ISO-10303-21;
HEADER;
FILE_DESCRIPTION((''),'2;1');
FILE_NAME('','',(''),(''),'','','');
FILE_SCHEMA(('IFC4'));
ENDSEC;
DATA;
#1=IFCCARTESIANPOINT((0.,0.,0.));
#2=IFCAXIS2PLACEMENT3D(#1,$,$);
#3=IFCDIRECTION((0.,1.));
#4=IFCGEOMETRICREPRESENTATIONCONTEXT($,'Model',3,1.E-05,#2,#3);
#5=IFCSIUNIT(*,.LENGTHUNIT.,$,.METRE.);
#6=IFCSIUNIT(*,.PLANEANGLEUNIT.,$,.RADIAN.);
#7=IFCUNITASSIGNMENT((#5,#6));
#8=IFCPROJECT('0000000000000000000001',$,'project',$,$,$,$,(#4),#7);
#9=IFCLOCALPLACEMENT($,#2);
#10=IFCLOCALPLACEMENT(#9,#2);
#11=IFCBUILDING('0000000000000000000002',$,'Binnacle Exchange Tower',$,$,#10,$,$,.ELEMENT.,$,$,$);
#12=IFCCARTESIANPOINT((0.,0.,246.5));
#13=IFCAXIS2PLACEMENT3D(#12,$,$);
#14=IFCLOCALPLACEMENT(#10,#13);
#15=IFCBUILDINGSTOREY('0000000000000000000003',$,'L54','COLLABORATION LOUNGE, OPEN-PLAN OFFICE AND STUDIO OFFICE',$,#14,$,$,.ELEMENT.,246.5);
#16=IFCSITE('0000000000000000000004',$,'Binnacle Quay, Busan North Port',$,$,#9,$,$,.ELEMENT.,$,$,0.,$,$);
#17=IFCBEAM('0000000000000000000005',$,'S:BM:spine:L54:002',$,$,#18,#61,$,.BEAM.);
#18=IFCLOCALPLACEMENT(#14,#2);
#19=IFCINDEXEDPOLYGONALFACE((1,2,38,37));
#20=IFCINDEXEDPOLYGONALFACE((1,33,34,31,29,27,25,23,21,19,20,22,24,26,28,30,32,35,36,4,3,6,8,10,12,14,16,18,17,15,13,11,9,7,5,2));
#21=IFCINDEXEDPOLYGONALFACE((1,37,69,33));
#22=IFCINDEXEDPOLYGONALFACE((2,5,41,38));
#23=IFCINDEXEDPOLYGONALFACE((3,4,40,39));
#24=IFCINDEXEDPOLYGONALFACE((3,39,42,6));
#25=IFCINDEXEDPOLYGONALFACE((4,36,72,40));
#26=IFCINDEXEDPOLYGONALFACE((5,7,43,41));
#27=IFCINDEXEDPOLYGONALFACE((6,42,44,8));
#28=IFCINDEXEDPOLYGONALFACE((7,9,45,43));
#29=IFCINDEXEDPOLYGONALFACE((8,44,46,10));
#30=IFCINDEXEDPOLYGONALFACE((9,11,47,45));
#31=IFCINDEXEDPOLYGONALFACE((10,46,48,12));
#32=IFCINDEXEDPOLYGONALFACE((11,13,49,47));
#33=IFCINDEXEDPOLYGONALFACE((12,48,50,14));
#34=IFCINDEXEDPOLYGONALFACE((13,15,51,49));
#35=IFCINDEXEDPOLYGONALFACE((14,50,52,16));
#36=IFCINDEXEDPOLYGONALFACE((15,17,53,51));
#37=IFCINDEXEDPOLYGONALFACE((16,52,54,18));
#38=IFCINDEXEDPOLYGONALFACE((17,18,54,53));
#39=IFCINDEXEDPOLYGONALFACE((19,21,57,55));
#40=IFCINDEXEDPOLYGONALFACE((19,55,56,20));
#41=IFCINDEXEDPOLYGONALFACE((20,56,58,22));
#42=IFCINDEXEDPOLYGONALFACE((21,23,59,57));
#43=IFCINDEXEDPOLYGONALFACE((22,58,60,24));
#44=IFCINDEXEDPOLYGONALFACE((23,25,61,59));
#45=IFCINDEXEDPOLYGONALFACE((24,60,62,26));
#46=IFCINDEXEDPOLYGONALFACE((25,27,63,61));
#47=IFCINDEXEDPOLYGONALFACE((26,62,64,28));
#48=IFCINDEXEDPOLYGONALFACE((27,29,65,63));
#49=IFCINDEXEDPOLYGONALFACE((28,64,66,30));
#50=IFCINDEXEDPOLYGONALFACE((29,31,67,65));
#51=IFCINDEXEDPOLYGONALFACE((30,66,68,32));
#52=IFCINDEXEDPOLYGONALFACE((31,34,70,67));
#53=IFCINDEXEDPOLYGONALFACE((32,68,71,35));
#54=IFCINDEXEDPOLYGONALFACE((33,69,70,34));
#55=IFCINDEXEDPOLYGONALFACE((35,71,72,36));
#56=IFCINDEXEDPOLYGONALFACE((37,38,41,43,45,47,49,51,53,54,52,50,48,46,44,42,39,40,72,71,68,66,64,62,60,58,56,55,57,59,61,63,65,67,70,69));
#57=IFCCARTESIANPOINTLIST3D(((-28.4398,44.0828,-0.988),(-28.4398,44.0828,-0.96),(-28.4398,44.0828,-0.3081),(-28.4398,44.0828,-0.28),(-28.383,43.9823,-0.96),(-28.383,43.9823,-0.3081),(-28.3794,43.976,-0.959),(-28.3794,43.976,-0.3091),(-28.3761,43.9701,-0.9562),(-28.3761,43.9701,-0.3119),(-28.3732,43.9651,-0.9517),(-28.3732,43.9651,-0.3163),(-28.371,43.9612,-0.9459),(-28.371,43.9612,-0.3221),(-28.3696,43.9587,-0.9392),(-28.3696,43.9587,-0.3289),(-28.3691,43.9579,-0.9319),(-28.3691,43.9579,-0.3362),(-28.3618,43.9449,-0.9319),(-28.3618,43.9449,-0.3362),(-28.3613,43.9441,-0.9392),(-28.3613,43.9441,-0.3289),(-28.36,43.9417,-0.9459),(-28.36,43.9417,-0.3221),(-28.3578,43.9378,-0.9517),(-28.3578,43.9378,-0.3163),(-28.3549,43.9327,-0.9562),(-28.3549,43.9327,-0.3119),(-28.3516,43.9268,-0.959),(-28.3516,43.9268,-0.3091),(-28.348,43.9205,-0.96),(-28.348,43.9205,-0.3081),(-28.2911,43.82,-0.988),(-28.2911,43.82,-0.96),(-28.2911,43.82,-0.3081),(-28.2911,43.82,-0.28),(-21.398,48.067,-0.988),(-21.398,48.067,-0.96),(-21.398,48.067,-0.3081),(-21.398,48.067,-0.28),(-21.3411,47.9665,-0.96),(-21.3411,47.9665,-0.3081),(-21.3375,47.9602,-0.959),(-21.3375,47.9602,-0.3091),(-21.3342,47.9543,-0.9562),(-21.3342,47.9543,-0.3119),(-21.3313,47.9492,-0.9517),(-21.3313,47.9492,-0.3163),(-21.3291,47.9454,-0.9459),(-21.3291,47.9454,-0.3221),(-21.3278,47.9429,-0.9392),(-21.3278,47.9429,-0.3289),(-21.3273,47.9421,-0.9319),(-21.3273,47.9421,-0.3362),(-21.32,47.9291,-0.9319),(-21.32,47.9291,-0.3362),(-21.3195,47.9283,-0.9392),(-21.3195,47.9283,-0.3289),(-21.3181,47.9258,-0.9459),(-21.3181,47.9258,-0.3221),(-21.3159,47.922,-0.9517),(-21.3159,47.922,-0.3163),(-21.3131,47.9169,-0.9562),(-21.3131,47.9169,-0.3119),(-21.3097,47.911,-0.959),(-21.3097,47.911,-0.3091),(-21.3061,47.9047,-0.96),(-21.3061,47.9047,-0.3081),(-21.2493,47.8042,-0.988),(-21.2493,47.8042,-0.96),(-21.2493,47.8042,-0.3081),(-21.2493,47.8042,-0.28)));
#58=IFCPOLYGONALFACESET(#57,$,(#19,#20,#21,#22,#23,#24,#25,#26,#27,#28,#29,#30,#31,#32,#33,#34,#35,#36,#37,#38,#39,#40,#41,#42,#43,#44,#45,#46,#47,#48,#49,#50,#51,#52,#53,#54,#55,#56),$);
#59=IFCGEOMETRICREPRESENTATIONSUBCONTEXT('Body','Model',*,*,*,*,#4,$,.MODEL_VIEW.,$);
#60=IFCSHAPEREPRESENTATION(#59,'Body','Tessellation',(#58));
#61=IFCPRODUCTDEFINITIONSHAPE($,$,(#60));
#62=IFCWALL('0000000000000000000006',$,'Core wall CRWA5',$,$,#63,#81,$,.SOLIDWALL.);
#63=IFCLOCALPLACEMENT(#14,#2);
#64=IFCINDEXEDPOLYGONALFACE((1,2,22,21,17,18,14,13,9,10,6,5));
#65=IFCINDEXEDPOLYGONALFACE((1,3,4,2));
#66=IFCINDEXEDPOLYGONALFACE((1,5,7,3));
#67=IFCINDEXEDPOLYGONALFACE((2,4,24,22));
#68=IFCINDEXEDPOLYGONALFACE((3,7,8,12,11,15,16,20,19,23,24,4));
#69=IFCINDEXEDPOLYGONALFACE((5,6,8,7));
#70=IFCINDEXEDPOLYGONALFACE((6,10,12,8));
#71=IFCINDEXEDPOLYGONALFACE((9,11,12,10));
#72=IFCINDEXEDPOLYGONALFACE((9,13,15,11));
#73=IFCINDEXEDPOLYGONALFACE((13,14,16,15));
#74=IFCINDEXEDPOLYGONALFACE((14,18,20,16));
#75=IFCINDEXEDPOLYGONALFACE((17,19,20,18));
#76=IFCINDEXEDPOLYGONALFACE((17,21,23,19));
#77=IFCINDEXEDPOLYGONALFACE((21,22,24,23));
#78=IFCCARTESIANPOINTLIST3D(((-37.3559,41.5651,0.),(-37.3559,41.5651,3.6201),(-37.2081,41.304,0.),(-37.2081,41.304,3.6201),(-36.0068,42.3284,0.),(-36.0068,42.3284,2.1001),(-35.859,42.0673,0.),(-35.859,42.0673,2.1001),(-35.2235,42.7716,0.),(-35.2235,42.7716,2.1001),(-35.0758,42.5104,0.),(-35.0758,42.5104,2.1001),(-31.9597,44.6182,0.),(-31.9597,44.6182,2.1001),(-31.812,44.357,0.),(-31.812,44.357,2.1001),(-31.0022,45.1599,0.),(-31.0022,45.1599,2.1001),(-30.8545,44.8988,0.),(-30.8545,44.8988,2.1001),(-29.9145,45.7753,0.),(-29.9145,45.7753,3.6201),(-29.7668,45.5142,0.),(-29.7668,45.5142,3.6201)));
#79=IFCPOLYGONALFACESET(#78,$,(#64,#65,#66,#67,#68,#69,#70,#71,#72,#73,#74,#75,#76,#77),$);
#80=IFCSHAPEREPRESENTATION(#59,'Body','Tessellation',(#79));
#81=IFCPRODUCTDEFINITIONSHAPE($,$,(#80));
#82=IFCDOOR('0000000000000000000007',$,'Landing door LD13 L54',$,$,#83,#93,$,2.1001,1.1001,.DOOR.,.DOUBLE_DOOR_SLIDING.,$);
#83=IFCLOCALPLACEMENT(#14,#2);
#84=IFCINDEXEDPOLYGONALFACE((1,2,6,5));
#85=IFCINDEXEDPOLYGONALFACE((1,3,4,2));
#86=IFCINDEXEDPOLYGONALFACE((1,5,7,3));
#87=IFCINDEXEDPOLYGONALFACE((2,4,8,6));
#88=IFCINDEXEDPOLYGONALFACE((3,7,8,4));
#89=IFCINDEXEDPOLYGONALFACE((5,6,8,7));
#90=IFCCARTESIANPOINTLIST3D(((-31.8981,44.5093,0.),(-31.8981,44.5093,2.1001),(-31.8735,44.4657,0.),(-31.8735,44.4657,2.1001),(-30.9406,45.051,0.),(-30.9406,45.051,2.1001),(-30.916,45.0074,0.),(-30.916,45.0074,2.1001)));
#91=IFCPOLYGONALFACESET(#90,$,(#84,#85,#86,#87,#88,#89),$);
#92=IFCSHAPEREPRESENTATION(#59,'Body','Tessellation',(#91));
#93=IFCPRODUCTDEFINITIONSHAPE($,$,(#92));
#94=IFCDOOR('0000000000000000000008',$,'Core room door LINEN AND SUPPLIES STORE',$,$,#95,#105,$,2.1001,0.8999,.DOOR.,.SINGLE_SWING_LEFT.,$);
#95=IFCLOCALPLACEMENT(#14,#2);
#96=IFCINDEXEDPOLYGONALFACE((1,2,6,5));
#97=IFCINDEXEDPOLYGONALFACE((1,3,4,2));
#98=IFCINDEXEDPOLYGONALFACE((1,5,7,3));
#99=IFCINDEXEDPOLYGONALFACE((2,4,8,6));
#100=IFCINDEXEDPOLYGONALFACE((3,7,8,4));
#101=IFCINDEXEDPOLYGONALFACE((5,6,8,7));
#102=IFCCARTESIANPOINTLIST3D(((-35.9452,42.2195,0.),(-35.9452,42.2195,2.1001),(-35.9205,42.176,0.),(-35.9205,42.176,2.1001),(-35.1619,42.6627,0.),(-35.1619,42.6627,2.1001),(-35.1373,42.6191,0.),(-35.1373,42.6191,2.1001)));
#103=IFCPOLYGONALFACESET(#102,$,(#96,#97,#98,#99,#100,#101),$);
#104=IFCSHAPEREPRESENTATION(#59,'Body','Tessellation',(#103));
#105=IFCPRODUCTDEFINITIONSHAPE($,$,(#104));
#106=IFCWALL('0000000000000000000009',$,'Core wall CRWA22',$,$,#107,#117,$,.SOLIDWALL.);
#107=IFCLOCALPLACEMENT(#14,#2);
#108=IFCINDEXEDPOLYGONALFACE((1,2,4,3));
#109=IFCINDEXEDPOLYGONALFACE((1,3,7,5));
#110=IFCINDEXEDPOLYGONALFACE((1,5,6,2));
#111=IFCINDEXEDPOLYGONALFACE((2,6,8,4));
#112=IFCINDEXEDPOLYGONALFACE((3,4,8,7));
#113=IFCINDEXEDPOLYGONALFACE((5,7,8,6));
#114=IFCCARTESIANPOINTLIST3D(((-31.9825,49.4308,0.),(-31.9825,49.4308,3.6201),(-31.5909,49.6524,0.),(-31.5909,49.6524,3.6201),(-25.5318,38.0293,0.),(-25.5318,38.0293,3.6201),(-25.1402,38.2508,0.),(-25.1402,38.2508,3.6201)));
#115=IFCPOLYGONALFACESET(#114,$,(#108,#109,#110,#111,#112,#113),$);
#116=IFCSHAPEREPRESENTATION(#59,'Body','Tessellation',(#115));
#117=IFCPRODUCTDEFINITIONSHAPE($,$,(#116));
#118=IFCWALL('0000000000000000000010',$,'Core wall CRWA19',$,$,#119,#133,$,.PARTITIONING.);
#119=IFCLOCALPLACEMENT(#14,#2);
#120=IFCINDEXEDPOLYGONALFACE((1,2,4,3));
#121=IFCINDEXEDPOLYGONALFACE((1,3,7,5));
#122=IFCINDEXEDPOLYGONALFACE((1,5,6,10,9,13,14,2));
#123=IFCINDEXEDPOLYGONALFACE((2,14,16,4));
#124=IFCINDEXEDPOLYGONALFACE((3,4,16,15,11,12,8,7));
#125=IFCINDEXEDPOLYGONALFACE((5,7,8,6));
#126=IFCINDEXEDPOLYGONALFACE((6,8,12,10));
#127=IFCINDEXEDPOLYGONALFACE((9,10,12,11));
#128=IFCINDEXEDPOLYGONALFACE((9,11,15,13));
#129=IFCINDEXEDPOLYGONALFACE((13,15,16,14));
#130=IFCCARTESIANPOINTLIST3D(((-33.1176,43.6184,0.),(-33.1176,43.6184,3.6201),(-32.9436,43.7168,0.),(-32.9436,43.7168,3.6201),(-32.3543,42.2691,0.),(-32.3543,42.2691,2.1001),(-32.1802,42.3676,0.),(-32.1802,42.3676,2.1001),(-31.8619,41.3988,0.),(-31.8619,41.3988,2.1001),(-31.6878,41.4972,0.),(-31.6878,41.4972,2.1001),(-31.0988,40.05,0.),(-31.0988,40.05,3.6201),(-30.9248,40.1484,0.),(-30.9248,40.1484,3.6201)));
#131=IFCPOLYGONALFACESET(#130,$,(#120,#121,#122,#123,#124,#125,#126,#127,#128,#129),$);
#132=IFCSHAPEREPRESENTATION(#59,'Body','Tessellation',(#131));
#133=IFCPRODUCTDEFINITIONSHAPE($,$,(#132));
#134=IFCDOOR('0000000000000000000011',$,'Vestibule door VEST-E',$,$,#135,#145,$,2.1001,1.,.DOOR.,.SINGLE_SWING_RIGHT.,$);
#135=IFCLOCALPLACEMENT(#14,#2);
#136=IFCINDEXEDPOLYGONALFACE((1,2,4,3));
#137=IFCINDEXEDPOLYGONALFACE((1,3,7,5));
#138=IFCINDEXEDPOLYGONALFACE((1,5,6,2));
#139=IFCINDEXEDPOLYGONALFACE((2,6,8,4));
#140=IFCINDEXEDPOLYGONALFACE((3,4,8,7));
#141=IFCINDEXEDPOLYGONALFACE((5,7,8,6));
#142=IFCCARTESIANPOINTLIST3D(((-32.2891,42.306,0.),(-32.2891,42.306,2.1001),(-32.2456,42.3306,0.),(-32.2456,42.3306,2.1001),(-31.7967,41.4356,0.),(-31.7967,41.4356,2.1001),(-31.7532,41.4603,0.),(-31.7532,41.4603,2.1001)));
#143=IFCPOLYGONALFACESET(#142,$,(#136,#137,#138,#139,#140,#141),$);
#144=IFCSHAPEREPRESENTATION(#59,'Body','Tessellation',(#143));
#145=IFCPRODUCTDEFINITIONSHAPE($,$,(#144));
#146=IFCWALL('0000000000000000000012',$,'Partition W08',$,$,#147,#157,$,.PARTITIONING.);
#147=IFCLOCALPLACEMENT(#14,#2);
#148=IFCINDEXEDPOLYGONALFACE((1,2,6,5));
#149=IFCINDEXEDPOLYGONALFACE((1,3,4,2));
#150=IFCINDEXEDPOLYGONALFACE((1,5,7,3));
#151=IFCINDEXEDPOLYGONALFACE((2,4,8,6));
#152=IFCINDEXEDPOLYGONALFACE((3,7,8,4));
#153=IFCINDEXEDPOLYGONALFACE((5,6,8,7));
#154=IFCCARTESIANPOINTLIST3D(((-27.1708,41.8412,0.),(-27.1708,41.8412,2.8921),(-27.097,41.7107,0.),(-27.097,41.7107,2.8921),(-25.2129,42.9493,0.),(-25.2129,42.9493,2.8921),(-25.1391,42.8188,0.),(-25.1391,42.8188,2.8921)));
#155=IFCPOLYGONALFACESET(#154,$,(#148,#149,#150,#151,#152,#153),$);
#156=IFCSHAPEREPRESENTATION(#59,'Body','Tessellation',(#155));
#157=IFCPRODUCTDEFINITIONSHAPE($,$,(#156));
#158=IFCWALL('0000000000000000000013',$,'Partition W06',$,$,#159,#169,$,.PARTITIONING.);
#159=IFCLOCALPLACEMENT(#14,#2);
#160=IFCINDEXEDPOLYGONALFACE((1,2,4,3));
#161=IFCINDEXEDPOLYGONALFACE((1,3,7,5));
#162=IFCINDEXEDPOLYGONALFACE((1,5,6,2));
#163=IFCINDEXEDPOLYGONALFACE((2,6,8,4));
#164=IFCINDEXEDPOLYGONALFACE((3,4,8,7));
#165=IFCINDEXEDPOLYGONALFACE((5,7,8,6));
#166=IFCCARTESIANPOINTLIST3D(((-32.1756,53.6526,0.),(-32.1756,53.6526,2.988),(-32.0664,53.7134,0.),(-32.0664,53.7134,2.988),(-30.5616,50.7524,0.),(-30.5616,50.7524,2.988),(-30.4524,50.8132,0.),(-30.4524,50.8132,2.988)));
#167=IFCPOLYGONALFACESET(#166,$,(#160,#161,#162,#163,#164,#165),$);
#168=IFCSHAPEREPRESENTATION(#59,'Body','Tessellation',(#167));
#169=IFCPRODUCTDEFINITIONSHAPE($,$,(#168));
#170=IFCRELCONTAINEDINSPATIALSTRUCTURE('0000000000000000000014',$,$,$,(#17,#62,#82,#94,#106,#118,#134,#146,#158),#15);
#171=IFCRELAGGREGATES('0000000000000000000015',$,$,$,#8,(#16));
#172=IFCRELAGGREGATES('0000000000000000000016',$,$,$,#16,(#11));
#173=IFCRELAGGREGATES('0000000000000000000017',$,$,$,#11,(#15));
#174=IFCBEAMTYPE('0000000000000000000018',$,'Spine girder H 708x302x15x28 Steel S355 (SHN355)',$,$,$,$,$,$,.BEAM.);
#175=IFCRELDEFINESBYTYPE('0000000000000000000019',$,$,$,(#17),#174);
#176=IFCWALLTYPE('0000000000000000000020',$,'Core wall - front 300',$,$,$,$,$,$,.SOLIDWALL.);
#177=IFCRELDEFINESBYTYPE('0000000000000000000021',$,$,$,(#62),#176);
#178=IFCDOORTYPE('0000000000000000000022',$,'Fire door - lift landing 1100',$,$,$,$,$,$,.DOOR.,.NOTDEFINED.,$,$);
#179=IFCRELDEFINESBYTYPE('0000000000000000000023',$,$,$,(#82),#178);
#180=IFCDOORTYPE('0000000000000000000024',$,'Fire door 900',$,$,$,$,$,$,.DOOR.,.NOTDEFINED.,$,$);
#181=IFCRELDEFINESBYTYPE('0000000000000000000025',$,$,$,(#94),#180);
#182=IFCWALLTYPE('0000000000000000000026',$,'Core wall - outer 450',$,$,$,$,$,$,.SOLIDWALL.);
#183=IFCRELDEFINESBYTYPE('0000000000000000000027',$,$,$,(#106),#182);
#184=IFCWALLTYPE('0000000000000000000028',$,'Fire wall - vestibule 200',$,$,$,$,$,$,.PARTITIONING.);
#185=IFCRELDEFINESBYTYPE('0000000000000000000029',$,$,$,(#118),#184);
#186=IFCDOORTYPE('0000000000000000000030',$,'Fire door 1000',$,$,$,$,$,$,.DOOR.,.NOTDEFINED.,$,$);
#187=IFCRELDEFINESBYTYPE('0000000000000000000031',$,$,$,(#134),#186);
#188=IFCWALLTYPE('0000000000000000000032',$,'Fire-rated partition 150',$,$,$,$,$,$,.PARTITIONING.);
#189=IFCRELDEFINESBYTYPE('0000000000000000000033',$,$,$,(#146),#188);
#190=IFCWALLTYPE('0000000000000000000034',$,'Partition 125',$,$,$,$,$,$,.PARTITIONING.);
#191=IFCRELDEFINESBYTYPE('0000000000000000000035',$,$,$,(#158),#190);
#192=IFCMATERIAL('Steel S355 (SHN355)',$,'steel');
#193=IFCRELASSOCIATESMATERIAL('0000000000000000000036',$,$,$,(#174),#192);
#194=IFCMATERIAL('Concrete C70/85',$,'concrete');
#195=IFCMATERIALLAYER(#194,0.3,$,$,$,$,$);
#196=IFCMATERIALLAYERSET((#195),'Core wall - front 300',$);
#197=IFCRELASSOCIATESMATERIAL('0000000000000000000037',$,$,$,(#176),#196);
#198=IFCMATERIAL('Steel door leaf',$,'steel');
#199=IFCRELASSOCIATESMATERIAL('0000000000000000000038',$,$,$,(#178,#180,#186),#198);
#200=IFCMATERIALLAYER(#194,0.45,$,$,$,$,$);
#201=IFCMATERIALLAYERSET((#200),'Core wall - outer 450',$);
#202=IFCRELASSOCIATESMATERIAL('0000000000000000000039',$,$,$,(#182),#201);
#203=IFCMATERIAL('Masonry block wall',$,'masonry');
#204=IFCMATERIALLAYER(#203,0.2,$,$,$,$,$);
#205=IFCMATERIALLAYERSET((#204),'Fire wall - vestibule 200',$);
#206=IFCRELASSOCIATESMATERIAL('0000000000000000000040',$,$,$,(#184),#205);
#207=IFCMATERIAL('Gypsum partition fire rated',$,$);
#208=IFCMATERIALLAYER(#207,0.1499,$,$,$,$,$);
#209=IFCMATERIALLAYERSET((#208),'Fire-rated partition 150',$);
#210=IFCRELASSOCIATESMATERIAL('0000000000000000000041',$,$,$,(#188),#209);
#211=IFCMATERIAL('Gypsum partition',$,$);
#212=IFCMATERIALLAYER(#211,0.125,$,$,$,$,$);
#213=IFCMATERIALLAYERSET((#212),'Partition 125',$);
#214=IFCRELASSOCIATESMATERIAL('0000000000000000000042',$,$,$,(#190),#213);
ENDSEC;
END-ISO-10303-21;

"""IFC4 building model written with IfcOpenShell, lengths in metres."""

from ifc_helpers import new_model, si_unit, direction, frame, frame_2d, origin, origin_2d, place, context, subcontext, project, spatial, rectangle, i_section, extrude, material, layer, layer_set, material_profile, profile_set, type_object, element, fill, save


model = new_model("IFC4")

# Units and contexts
model_context = context("Model", 3, precision=1e-05, world=origin(), true_north=direction((0.0, 1.0)))
body_context = subcontext(model_context, "Body", "Model", "MODEL_VIEW")
ifc_project = project(units=[si_unit("LENGTHUNIT", "METRE"), si_unit("PLANEANGLEUNIT", "RADIAN")], contexts=[model_context])

# Site, building, storey
site_placement = place(None, origin())
site = spatial("IfcSite", under=ifc_project, at=site_placement, Name="Binnacle Quay, Busan North Port", CompositionType="ELEMENT", RefElevation=0.0)
building_placement = place(site_placement, origin())
building = spatial("IfcBuilding", under=site, at=building_placement, Name="Binnacle Exchange Tower", CompositionType="ELEMENT")
storey_placement = place(building_placement, frame((0.0, 0.0, 246.5)))
storey = spatial("IfcBuildingStorey", under=building, at=storey_placement, Name="L54", Description="COLLABORATION LOUNGE, OPEN-PLAN OFFICE AND STUDIO OFFICE", CompositionType="ELEMENT", Elevation=246.5)

# Beam
ifc_material_1 = material(Name="Steel S355 (SHN355)", Category="steel")
ifc_material_profile_1 = material_profile(ifc_material_1, i_section(OverallWidth=0.302, OverallDepth=0.708, WebThickness=0.0149, FlangeThickness=0.0281, FilletRadius=0.0281, at=origin_2d()), Name="H 708x302x15x28")
ifc_profile_set_1 = profile_set([ifc_material_profile_1], Name="Steel S355 (SHN355)")
beam_type_1 = type_object("IfcBeamType", Name="Spine girder H 708x302x15x28 Steel S355 (SHN355)", PredefinedType="BEAM", material=ifc_profile_set_1)
beam_1_placement = place(storey_placement, frame((-28.3655, 43.9514, -0.634), z_axis=(0.87035, 0.492433, 0.0), x_axis=(-0.492433, 0.87035, 0.0)))
element("IfcBeam", 1, at=beam_1_placement, inside=storey, type_object=beam_type_1, Name="S:BM:spine:L54:002", PredefinedType="BEAM", context=body_context, shape_type="SweptSolid", body=[
    extrude(i_section(OverallWidth=0.302, OverallDepth=0.708, WebThickness=0.0149, FlangeThickness=0.0281, FilletRadius=0.0281, at=origin_2d()), origin(), (0.0, 0.0, 1.0), 8.0908),
])

# Wall, openings, doors
ifc_material_2 = material(Name="Concrete C70/85", Category="concrete")
ifc_layer_1 = layer(ifc_material_2, 0.3)
ifc_layer_set_1 = layer_set([ifc_layer_1], Name="Core wall - front 300")
wall_type_1 = type_object("IfcWallType", Name="Core wall - front 300", PredefinedType="SOLIDWALL", material=ifc_layer_set_1)
wall_1_placement = place(storey_placement, frame((-37.282, 41.4346, 0.0), z_axis=(0.0, 0.0, 1.0), x_axis=(0.870353, 0.492429, 0.0)))
wall_1 = element("IfcWall", 2, at=wall_1_placement, inside=storey, type_object=wall_type_1, Name="Core wall CRWA5", PredefinedType="SOLIDWALL", context=body_context, shape_type="SweptSolid", body=[
    extrude(rectangle(XDim=8.5498, YDim=0.3, at=frame_2d((4.2749, 0.0))), origin(), (0.0, 0.0, 1.0), 3.6201),
])
opening_1_placement = place(wall_1_placement, frame((6.2, 0.0, 0.0)))
opening_1 = element("IfcOpeningElement", 3, at=opening_1_placement, cuts=wall_1, PredefinedType="OPENING", context=body_context, shape_type="SweptSolid", body=[
    extrude(rectangle(XDim=1.1001, YDim=2.1001, at=frame_2d((0.55, 1.05))), frame((0.0, 0.1599, 0.0), z_axis=(0.0, -1.0, 0.0), x_axis=(1.0, 0.0, 0.0)), (0.0, 0.0, 1.0), 0.3201),
])
opening_2_placement = place(wall_1_placement, frame((1.55, 0.0, 0.0)))
opening_2 = element("IfcOpeningElement", 4, at=opening_2_placement, cuts=wall_1, PredefinedType="OPENING", context=body_context, shape_type="SweptSolid", body=[
    extrude(rectangle(XDim=0.8999, YDim=2.1001, at=frame_2d((0.45, 1.05))), frame((0.0, 0.1599, 0.0), z_axis=(0.0, -1.0, 0.0), x_axis=(1.0, 0.0, 0.0)), (0.0, 0.0, 1.0), 0.3201),
])
ifc_material_3 = material(Name="Steel door leaf", Category="steel")
door_type_1 = type_object("IfcDoorType", Name="Fire door - lift landing 1100", OperationType="NOTDEFINED", PredefinedType="DOOR", material=ifc_material_3)
door_1_placement = place(opening_1_placement, origin())
door_1 = element("IfcDoor", 5, at=door_1_placement, inside=storey, type_object=door_type_1, Name="Landing door LD13 L54", OperationType="DOUBLE_DOOR_SLIDING", OverallHeight=2.1001, OverallWidth=1.1001, PredefinedType="DOOR", context=body_context, shape_type="SweptSolid", body=[
    extrude(rectangle(XDim=1.1001, YDim=2.1001, at=frame_2d((0.55, 1.05))), frame((0.0, 0.0249, 0.0), z_axis=(0.0, -1.0, 0.0), x_axis=(1.0, 0.0, 0.0)), (0.0, 0.0, 1.0), 0.05),
])
fill(opening_1, door_1)
door_type_2 = type_object("IfcDoorType", Name="Fire door 900", OperationType="NOTDEFINED", PredefinedType="DOOR", material=ifc_material_3)
door_2_placement = place(opening_2_placement, origin())
door_2 = element("IfcDoor", 6, at=door_2_placement, inside=storey, type_object=door_type_2, Name="Core room door LINEN AND SUPPLIES STORE", OperationType="SINGLE_SWING_LEFT", OverallHeight=2.1001, OverallWidth=0.8999, PredefinedType="DOOR", context=body_context, shape_type="SweptSolid", body=[
    extrude(rectangle(XDim=0.8999, YDim=2.1001, at=frame_2d((0.45, 1.05))), frame((0.0, 0.0249, 0.0), z_axis=(0.0, -1.0, 0.0), x_axis=(1.0, 0.0, 0.0)), (0.0, 0.0, 1.0), 0.05),
])
fill(opening_2, door_2)

# Wall
ifc_layer_2 = layer(ifc_material_2, 0.45)
ifc_layer_set_2 = layer_set([ifc_layer_2], Name="Core wall - outer 450")
wall_type_2 = type_object("IfcWallType", Name="Core wall - outer 450", PredefinedType="SOLIDWALL", material=ifc_layer_set_2)
wall_2_placement = place(storey_placement, frame((-31.7866, 49.5415, 0.0), z_axis=(0.0, 0.0, 1.0), x_axis=(0.492421, -0.870357, 0.0)))
element("IfcWall", 7, at=wall_2_placement, inside=storey, type_object=wall_type_2, Name="Core wall CRWA22", PredefinedType="SOLIDWALL", context=body_context, shape_type="SweptSolid", body=[
    extrude(rectangle(XDim=13.0999, YDim=0.45, at=frame_2d((6.5498, 0.0))), origin(), (0.0, 0.0, 1.0), 3.6201),
])

# Wall, opening, door
ifc_material_4 = material(Name="Masonry block wall", Category="masonry")
ifc_layer_3 = layer(ifc_material_4, 0.2)
ifc_layer_set_3 = layer_set([ifc_layer_3], Name="Fire wall - vestibule 200")
wall_type_3 = type_object("IfcWallType", Name="Fire wall - vestibule 200", PredefinedType="PARTITIONING", material=ifc_layer_set_3)
wall_3_placement = place(storey_placement, frame((-33.0305, 43.6675, 0.0), z_axis=(0.0, 0.0, 1.0), x_axis=(0.492408, -0.870364, 0.0)))
wall_3 = element("IfcWall", 8, at=wall_3_placement, inside=storey, type_object=wall_type_3, Name="Core wall CRWA19", PredefinedType="PARTITIONING", context=body_context, shape_type="SweptSolid", body=[
    extrude(rectangle(XDim=4.0999, YDim=0.2, at=frame_2d((2.0498, 0.0))), origin(), (0.0, 0.0, 1.0), 3.6201),
])
opening_3_placement = place(wall_3_placement, frame((1.55, 0.0, 0.0)))
opening_3 = element("IfcOpeningElement", 9, at=opening_3_placement, cuts=wall_3, PredefinedType="OPENING", context=body_context, shape_type="SweptSolid", body=[
    extrude(rectangle(XDim=1.0, YDim=2.1001, at=frame_2d((0.5, 1.05))), frame((0.0, 0.1099, 0.0), z_axis=(0.0, -1.0, 0.0), x_axis=(1.0, 0.0, 0.0)), (0.0, 0.0, 1.0), 0.22),
])
door_type_3 = type_object("IfcDoorType", Name="Fire door 1000", OperationType="NOTDEFINED", PredefinedType="DOOR", material=ifc_material_3)
door_3_placement = place(opening_3_placement, origin())
door_3 = element("IfcDoor", 10, at=door_3_placement, inside=storey, type_object=door_type_3, Name="Vestibule door VEST-E", OperationType="SINGLE_SWING_RIGHT", OverallHeight=2.1001, OverallWidth=1.0, PredefinedType="DOOR", context=body_context, shape_type="SweptSolid", body=[
    extrude(rectangle(XDim=1.0, YDim=2.1001, at=frame_2d((0.5, 1.05))), frame((0.0, 0.0249, 0.0), z_axis=(0.0, -1.0, 0.0), x_axis=(1.0, 0.0, 0.0)), (0.0, 0.0, 1.0), 0.05),
])
fill(opening_3, door_3)

# Walls
ifc_material_5 = material(Name="Gypsum partition fire rated")
ifc_layer_4 = layer(ifc_material_5, 0.1499)
ifc_layer_set_4 = layer_set([ifc_layer_4], Name="Fire-rated partition 150")
wall_type_4 = type_object("IfcWallType", Name="Fire-rated partition 150", PredefinedType="PARTITIONING", material=ifc_layer_set_4)
wall_4_placement = place(storey_placement, frame((-27.134, 41.7759, 0.0), z_axis=(0.0, 0.0, 1.0), x_axis=(0.870286, 0.492547, 0.0)))
element("IfcWall", 11, at=wall_4_placement, inside=storey, type_object=wall_type_4, Name="Partition W08", PredefinedType="PARTITIONING", context=body_context, shape_type="SweptSolid", body=[
    extrude(rectangle(XDim=2.2498, YDim=0.1499, at=frame_2d((1.125, 0.0))), origin(), (0.0, 0.0, 1.0), 2.8921),
])
ifc_material_6 = material(Name="Gypsum partition")
ifc_layer_5 = layer(ifc_material_6, 0.125)
ifc_layer_set_5 = layer_set([ifc_layer_5], Name="Partition 125")
wall_type_5 = type_object("IfcWallType", Name="Partition 125", PredefinedType="PARTITIONING", material=ifc_layer_set_5)
wall_5_placement = place(storey_placement, frame((-32.1211, 53.6831, 0.0), z_axis=(0.0, 0.0, 1.0), x_axis=(0.486292, -0.873796, 0.0)))
element("IfcWall", 12, at=wall_5_placement, inside=storey, type_object=wall_type_5, Name="Partition W06", PredefinedType="PARTITIONING", context=body_context, shape_type="SweptSolid", body=[
    extrude(rectangle(XDim=3.3191, YDim=0.125, at=frame_2d((1.6597, 0.0))), origin(), (0.0, 0.0, 1.0), 2.988),
])

save(model, "model.ifc")
